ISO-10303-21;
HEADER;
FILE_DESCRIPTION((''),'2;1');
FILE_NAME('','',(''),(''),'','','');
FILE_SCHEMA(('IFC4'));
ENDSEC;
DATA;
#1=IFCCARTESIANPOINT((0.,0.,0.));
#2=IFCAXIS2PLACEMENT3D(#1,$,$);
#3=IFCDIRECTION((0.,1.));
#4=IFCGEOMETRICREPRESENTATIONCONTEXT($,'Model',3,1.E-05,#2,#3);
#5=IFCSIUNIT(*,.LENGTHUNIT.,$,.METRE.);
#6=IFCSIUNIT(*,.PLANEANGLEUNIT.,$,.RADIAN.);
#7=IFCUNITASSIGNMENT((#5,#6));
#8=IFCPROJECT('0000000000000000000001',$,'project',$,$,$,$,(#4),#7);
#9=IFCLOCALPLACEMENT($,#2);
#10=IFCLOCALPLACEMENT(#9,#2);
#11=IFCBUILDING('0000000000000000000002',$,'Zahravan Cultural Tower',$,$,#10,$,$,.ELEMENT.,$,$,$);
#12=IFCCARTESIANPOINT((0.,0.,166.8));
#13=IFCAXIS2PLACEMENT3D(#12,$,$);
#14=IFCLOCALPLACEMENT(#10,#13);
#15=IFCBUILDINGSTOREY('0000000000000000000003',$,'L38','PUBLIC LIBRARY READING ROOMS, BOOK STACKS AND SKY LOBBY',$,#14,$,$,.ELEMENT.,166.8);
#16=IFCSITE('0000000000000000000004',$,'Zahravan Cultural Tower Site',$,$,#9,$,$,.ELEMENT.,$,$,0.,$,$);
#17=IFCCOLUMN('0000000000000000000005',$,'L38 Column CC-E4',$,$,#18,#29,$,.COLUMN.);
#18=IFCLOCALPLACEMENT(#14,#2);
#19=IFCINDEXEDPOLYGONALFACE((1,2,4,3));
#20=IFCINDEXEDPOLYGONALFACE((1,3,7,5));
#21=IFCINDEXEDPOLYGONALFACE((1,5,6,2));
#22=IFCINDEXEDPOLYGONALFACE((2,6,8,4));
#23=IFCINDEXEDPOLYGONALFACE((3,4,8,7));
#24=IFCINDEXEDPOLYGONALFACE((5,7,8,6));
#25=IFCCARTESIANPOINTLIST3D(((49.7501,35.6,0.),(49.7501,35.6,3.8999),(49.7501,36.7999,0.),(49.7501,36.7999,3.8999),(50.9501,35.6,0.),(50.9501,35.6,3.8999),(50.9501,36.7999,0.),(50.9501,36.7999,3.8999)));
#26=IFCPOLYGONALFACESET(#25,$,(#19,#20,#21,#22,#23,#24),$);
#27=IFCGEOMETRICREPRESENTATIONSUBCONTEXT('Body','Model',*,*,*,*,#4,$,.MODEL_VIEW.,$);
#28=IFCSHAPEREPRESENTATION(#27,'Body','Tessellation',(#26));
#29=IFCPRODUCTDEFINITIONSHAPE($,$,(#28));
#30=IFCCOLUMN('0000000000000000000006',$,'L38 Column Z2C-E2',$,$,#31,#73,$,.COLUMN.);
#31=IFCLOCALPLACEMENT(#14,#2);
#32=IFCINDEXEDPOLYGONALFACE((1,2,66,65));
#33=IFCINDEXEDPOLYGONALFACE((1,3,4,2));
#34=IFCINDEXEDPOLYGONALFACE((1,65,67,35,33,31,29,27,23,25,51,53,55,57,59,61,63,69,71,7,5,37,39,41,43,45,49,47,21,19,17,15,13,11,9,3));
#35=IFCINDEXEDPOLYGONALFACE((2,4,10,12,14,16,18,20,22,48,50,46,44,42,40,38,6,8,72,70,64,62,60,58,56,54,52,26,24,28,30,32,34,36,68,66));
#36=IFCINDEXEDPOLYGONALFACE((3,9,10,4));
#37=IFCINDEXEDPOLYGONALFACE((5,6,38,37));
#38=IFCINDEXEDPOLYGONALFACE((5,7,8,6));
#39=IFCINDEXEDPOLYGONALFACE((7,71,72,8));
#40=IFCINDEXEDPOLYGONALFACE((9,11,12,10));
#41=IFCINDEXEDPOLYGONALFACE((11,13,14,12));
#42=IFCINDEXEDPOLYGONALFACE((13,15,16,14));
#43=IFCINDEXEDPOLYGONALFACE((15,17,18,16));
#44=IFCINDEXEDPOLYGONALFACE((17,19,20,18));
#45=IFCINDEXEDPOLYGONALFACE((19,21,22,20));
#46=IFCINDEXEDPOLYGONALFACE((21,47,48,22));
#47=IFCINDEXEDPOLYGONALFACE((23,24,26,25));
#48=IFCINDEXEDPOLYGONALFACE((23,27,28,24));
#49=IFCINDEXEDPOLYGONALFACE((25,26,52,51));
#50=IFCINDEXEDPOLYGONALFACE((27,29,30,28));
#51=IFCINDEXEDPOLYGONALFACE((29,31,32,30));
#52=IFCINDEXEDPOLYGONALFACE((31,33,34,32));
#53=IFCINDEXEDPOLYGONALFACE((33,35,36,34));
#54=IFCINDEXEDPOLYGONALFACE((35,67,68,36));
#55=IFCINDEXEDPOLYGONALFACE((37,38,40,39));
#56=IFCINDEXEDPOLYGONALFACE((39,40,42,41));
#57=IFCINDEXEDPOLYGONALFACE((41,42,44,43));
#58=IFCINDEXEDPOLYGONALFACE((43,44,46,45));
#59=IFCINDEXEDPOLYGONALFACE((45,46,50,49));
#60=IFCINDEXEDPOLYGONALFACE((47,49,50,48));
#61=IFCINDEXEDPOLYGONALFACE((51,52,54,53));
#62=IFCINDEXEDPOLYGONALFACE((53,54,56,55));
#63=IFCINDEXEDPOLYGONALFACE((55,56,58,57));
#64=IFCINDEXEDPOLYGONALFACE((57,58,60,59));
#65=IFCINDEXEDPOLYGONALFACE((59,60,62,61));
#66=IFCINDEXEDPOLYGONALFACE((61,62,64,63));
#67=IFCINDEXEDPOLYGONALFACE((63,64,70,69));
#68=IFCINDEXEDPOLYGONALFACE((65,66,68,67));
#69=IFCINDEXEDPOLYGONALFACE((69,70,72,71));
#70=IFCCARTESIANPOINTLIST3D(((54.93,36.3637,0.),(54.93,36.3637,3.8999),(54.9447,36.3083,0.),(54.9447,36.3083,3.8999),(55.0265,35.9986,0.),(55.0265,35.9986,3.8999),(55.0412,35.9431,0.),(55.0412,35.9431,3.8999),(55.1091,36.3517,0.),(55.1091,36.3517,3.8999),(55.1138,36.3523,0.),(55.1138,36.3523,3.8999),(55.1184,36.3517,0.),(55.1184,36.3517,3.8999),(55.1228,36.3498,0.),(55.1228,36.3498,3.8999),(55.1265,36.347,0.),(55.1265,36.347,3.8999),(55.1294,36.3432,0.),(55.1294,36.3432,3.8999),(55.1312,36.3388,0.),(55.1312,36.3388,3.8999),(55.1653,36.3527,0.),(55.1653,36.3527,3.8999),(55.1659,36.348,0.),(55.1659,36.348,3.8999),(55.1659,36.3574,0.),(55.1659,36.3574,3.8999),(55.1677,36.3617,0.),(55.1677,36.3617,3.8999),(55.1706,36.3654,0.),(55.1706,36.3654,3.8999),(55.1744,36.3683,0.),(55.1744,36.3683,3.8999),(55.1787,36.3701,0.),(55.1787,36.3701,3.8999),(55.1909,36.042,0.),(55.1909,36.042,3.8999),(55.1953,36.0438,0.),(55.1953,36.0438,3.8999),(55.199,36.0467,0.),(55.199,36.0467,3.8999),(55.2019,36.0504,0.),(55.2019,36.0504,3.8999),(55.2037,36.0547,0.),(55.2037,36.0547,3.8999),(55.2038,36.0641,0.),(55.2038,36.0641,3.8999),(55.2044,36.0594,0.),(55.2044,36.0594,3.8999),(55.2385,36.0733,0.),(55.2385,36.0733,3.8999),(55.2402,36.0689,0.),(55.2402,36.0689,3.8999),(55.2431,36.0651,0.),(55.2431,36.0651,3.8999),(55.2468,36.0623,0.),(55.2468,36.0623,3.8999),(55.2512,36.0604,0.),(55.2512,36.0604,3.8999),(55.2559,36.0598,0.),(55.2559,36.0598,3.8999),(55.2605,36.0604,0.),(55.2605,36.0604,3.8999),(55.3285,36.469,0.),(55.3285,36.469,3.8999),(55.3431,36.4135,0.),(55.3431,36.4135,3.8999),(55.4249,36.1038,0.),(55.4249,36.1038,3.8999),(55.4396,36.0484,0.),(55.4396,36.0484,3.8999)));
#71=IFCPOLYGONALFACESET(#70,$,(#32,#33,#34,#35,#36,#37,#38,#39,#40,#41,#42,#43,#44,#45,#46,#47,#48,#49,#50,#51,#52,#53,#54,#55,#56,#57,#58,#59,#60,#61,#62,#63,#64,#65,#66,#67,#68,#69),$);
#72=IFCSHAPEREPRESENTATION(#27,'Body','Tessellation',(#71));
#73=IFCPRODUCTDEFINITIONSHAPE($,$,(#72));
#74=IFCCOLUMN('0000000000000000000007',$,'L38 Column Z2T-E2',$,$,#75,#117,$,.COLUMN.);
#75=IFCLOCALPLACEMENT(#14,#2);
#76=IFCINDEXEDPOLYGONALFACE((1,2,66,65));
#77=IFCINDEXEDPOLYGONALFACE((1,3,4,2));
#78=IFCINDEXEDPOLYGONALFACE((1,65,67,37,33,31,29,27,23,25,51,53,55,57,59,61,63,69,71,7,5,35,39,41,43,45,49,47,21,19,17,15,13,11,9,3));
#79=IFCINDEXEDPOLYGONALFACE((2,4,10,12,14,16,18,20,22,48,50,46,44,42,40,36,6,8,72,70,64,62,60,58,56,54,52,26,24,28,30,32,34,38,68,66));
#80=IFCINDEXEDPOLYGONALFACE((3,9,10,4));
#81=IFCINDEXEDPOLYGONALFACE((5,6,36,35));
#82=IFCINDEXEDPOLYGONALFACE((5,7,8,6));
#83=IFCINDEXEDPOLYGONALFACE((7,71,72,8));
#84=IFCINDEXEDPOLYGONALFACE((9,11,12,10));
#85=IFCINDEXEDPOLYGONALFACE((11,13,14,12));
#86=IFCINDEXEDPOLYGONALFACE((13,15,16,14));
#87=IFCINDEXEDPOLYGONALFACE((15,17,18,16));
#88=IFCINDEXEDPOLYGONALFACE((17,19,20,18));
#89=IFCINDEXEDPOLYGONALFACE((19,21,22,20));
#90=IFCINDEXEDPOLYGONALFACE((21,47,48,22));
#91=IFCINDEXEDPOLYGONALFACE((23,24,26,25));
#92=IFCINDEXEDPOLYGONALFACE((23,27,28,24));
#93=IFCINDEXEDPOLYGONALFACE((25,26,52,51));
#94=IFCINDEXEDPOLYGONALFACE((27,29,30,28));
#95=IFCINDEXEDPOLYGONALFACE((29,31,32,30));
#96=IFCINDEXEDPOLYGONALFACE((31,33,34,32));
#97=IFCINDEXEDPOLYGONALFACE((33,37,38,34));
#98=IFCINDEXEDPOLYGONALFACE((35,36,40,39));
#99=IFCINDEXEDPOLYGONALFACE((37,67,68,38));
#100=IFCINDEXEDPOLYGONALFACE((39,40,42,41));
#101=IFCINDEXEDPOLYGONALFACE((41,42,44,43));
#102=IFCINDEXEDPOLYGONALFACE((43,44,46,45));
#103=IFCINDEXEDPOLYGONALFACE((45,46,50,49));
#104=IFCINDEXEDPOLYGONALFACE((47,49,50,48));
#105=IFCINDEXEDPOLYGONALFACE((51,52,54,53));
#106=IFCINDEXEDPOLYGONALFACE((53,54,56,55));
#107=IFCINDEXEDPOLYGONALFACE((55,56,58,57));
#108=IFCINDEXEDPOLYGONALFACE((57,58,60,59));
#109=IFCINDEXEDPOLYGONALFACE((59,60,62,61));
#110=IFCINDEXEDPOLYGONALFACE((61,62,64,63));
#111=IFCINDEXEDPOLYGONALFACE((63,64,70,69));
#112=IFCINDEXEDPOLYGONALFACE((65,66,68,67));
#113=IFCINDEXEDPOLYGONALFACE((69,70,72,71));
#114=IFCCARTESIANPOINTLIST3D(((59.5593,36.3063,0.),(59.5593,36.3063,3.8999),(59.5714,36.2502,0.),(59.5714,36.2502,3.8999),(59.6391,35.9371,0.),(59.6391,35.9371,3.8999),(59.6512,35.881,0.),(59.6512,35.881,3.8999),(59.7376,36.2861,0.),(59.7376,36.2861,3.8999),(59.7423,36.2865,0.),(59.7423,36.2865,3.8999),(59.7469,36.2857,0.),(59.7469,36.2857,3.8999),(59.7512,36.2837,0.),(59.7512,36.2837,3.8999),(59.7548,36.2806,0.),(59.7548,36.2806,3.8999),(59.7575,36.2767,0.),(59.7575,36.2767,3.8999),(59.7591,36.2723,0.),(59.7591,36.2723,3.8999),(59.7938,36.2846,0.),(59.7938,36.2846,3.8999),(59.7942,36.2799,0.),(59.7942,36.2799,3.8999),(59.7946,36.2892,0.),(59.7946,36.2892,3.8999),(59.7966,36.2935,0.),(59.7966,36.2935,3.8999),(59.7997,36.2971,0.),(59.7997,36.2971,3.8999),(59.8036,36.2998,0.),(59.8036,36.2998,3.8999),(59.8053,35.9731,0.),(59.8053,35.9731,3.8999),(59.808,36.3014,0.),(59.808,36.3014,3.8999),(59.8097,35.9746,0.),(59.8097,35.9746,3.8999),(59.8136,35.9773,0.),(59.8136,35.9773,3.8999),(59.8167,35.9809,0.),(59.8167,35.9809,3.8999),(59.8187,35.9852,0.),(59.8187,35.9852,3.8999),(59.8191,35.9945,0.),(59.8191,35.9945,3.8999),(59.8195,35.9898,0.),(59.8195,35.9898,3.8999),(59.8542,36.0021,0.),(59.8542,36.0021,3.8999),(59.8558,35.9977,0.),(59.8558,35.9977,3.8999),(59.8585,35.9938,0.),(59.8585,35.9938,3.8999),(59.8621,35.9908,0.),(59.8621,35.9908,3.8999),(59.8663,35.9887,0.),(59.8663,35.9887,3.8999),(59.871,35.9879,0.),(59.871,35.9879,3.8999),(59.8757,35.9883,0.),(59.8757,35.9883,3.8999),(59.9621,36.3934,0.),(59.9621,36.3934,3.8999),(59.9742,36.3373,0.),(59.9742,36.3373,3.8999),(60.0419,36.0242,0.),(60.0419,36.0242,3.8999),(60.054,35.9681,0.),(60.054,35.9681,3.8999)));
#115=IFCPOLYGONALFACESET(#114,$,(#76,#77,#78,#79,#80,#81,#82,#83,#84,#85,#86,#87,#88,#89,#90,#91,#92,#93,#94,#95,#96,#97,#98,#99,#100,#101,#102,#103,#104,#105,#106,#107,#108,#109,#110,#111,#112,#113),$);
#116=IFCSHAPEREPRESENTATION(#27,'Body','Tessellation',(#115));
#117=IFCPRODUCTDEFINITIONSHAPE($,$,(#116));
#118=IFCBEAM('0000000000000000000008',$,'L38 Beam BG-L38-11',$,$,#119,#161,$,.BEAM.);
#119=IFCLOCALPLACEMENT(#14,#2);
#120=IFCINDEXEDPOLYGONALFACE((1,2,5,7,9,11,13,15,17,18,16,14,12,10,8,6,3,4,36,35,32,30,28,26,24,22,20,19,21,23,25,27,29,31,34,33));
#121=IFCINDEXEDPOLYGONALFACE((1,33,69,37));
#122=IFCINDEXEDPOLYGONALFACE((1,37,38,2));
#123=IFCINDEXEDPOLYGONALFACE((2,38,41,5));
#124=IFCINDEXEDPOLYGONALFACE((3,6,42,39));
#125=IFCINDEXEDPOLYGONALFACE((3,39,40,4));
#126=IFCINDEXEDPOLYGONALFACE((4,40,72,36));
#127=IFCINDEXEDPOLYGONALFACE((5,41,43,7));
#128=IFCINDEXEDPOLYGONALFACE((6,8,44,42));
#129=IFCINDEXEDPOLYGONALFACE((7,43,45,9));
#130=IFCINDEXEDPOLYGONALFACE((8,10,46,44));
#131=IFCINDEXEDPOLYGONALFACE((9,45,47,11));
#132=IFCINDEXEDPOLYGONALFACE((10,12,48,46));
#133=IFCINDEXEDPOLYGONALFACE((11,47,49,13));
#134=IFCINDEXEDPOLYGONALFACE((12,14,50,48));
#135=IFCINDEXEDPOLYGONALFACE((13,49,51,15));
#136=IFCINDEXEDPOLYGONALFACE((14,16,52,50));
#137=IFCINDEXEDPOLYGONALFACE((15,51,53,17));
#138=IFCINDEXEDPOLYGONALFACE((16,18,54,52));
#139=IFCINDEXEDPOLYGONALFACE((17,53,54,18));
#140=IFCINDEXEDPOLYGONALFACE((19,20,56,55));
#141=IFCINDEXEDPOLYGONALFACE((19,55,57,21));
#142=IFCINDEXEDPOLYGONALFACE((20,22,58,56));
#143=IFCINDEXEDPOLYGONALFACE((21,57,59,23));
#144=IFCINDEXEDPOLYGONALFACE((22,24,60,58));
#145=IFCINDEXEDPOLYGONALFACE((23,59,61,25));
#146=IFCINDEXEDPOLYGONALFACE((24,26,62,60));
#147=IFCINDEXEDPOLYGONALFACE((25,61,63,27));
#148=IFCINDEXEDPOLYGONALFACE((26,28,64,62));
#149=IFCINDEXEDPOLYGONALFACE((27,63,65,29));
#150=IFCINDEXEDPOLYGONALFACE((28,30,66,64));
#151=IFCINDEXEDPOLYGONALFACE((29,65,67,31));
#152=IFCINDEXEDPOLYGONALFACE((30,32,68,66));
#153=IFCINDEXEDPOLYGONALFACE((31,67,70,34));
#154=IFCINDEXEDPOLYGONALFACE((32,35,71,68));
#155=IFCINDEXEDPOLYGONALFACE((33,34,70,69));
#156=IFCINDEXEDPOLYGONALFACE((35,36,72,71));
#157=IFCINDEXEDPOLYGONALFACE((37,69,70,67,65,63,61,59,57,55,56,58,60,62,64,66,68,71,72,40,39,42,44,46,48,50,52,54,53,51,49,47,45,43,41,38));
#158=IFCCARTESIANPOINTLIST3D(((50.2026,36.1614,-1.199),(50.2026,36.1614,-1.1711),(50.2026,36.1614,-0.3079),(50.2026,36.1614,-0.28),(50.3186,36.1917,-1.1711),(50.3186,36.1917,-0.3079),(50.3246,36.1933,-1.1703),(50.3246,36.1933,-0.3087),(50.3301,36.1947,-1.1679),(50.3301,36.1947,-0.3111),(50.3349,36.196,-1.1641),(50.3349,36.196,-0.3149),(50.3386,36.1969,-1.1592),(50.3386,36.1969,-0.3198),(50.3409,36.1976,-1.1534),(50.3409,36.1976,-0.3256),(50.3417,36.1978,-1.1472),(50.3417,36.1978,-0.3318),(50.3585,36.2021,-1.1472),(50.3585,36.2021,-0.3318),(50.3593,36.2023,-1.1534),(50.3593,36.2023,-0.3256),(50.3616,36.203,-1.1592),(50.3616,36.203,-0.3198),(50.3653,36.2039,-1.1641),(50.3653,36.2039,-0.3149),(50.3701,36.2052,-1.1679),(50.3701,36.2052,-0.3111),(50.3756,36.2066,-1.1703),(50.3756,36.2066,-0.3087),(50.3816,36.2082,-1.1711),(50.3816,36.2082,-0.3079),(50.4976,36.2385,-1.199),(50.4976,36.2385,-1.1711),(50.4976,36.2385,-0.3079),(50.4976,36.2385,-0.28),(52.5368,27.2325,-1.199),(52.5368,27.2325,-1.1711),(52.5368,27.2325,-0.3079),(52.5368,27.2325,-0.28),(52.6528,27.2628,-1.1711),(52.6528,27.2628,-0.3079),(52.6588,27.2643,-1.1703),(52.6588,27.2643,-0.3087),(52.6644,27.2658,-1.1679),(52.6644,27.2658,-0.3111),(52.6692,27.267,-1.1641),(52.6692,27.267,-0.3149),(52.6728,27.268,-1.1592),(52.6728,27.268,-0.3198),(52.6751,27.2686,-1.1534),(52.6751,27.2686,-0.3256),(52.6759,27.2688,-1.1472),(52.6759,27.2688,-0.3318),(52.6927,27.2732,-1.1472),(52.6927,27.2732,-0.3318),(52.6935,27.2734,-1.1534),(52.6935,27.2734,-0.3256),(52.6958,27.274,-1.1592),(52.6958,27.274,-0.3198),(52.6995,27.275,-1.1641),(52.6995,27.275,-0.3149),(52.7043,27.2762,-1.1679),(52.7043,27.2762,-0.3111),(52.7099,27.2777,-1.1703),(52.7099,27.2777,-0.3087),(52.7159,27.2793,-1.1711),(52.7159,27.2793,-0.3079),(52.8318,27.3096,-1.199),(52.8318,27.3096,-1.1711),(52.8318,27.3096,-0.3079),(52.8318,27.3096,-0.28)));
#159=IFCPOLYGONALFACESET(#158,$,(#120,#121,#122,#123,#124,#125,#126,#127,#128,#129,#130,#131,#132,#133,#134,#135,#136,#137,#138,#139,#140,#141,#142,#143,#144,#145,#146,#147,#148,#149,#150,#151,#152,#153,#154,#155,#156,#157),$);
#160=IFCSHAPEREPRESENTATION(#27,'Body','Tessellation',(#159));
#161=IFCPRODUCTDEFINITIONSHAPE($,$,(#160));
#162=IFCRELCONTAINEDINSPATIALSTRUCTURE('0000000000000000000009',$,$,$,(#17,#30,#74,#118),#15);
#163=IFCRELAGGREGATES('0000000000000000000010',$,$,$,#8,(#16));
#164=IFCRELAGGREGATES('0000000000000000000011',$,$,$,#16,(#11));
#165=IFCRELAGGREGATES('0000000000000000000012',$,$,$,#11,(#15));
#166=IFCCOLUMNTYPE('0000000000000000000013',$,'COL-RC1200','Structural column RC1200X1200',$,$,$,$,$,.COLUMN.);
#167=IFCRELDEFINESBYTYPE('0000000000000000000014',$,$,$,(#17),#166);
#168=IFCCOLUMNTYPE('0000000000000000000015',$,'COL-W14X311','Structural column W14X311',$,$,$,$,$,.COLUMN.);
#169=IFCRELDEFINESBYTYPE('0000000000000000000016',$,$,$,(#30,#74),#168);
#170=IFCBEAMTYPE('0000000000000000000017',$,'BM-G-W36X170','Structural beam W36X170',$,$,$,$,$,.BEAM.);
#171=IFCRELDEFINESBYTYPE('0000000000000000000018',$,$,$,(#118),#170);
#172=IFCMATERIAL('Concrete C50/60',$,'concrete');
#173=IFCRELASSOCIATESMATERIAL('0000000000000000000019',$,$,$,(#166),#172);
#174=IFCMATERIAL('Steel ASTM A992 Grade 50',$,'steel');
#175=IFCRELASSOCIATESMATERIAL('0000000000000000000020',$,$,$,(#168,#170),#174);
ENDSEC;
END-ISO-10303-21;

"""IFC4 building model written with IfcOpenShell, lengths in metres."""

from ifc_helpers import new_model, si_unit, direction, frame, origin, origin_2d, place, context, subcontext, project, spatial, rectangle, i_section, extrude, source, transform, mapped, material, material_profile, profile_set, type_object, element, save


model = new_model("IFC4")

# Units and contexts
model_context = context("Model", 3, precision=1e-05, world=origin(), true_north=direction((0.0, 1.0)))
body_context = subcontext(model_context, "Body", "Model", "MODEL_VIEW")
ifc_project = project(units=[si_unit("LENGTHUNIT", "METRE"), si_unit("PLANEANGLEUNIT", "RADIAN")], contexts=[model_context])

# Site, building, storey
site_placement = place(None, origin())
site = spatial("IfcSite", under=ifc_project, at=site_placement, Name="Zahravan Cultural Tower Site", CompositionType="ELEMENT", RefElevation=0.0)
building_placement = place(site_placement, origin())
building = spatial("IfcBuilding", under=site, at=building_placement, Name="Zahravan Cultural Tower", CompositionType="ELEMENT")
storey_placement = place(building_placement, frame((0.0, 0.0, 166.8)))
storey = spatial("IfcBuildingStorey", under=building, at=storey_placement, Name="L38", Description="PUBLIC LIBRARY READING ROOMS, BOOK STACKS AND SKY LOBBY", CompositionType="ELEMENT", Elevation=166.8)

# Columns
ifc_material_1 = material(Name="Concrete C50/60", Category="concrete")
ifc_material_profile_1 = material_profile(ifc_material_1, rectangle(XDim=1.2, YDim=1.2, at=origin_2d()), Name="RC1200X1200")
ifc_profile_set_1 = profile_set([ifc_material_profile_1], Name="Concrete C50/60")
column_type_1 = type_object("IfcColumnType", Name="COL-RC1200", Description="Structural column RC1200X1200", PredefinedType="COLUMN", material=ifc_profile_set_1)
shared_shape_1 = source(origin(), body_context, "Body", "SweptSolid", [
    extrude(rectangle(XDim=1.2, YDim=1.2, at=origin_2d()), origin(), (0.0, 0.0, 1.0), 3.8999),
])
column_placement = place(storey_placement, frame((50.3501, 36.2, 0.0), z_axis=(0.0, 0.0, 1.0), x_axis=(1.0, 0.0, 0.0)))
element("IfcColumn", 1, at=column_placement, inside=storey, type_object=column_type_1, Name="L38 Column CC-E4", PredefinedType="COLUMN", context=body_context, shape_type="MappedRepresentation", body=[
    mapped(shared_shape_1, transform((0.0, 0.0, 0.0), x_axis=(1.0, 0.0, 0.0), y_axis=(0.0, 1.0, 0.0), z_axis=(0.0, 0.0, 1.0), scale=1.0)),
])
ifc_material_2 = material(Name="Steel ASTM A992 Grade 50", Category="steel")
ifc_material_profile_2 = material_profile(ifc_material_2, i_section(OverallWidth=0.4121, OverallDepth=0.4351, WebThickness=0.0359, FlangeThickness=0.0574, FilletRadius=0.0181, at=origin_2d()), Name="W14X311")
ifc_profile_set_2 = profile_set([ifc_material_profile_2], Name="Steel ASTM A992 Grade 50")
column_type_2 = type_object("IfcColumnType", Name="COL-W14X311", Description="Structural column W14X311", PredefinedType="COLUMN", material=ifc_profile_set_2)
shared_shape_2 = source(origin(), body_context, "Body", "SweptSolid", [
    extrude(i_section(OverallWidth=0.4121, OverallDepth=0.4351, WebThickness=0.0359, FlangeThickness=0.0574, FilletRadius=0.0181, at=origin_2d()), origin(), (0.0, 0.0, 1.0), 3.8999),
])
for number, where, z_axis, x_axis, name in (
    (2, (55.1848, 36.2061, 0.0), (0.0, 0.0, 1.0), (0.966823, 0.255446, 0.0), "L38 Column Z2C-E2"),
    (3, (59.8066, 36.1372, 0.0), (0.0, 0.0, 1.0), (0.977416, 0.211325, 0.0), "L38 Column Z2T-E2"),
):
    element("IfcColumn", number, at=place(storey_placement, frame(where, z_axis=z_axis, x_axis=x_axis)), inside=storey, type_object=column_type_2, Name=name, PredefinedType="COLUMN", context=body_context, shape_type="MappedRepresentation", body=[
        mapped(shared_shape_2, transform((0.0, 0.0, 0.0), x_axis=(1.0, 0.0, 0.0), y_axis=(0.0, 1.0, 0.0), z_axis=(0.0, 0.0, 1.0), scale=1.0)),
    ])

# Beam
ifc_material_profile_3 = material_profile(ifc_material_2, i_section(OverallWidth=0.3049, OverallDepth=0.9189, WebThickness=0.0173, FlangeThickness=0.0278, FilletRadius=0.0239, at=origin_2d()), Name="W36X170")
ifc_profile_set_3 = profile_set([ifc_material_profile_3], Name="Steel ASTM A992 Grade 50")
beam_type_1 = type_object("IfcBeamType", Name="BM-G-W36X170", Description="Structural beam W36X170", PredefinedType="BEAM", material=ifc_profile_set_3)
shared_shape_3 = source(origin(), body_context, "Body", "SweptSolid", [
    extrude(i_section(OverallWidth=0.3049, OverallDepth=0.9189, WebThickness=0.0173, FlangeThickness=0.0278, FilletRadius=0.0239, at=origin_2d()), origin(), (0.0, 0.0, 1.0), 9.229),
])
beam_1_placement = place(storey_placement, frame((50.3501, 36.2, -0.7395), z_axis=(0.252923, -0.967487, 0.0), x_axis=(0.967487, 0.252923, 0.0)))
element("IfcBeam", 4, at=beam_1_placement, inside=storey, type_object=beam_type_1, Name="L38 Beam BG-L38-11", PredefinedType="BEAM", context=body_context, shape_type="MappedRepresentation", body=[
    mapped(shared_shape_3, transform((0.0, 0.0, 0.0), x_axis=(1.0, 0.0, 0.0), y_axis=(0.0, 1.0, 0.0), z_axis=(0.0, 0.0, 1.0), scale=1.0)),
])

save(model, "model.ifc")
